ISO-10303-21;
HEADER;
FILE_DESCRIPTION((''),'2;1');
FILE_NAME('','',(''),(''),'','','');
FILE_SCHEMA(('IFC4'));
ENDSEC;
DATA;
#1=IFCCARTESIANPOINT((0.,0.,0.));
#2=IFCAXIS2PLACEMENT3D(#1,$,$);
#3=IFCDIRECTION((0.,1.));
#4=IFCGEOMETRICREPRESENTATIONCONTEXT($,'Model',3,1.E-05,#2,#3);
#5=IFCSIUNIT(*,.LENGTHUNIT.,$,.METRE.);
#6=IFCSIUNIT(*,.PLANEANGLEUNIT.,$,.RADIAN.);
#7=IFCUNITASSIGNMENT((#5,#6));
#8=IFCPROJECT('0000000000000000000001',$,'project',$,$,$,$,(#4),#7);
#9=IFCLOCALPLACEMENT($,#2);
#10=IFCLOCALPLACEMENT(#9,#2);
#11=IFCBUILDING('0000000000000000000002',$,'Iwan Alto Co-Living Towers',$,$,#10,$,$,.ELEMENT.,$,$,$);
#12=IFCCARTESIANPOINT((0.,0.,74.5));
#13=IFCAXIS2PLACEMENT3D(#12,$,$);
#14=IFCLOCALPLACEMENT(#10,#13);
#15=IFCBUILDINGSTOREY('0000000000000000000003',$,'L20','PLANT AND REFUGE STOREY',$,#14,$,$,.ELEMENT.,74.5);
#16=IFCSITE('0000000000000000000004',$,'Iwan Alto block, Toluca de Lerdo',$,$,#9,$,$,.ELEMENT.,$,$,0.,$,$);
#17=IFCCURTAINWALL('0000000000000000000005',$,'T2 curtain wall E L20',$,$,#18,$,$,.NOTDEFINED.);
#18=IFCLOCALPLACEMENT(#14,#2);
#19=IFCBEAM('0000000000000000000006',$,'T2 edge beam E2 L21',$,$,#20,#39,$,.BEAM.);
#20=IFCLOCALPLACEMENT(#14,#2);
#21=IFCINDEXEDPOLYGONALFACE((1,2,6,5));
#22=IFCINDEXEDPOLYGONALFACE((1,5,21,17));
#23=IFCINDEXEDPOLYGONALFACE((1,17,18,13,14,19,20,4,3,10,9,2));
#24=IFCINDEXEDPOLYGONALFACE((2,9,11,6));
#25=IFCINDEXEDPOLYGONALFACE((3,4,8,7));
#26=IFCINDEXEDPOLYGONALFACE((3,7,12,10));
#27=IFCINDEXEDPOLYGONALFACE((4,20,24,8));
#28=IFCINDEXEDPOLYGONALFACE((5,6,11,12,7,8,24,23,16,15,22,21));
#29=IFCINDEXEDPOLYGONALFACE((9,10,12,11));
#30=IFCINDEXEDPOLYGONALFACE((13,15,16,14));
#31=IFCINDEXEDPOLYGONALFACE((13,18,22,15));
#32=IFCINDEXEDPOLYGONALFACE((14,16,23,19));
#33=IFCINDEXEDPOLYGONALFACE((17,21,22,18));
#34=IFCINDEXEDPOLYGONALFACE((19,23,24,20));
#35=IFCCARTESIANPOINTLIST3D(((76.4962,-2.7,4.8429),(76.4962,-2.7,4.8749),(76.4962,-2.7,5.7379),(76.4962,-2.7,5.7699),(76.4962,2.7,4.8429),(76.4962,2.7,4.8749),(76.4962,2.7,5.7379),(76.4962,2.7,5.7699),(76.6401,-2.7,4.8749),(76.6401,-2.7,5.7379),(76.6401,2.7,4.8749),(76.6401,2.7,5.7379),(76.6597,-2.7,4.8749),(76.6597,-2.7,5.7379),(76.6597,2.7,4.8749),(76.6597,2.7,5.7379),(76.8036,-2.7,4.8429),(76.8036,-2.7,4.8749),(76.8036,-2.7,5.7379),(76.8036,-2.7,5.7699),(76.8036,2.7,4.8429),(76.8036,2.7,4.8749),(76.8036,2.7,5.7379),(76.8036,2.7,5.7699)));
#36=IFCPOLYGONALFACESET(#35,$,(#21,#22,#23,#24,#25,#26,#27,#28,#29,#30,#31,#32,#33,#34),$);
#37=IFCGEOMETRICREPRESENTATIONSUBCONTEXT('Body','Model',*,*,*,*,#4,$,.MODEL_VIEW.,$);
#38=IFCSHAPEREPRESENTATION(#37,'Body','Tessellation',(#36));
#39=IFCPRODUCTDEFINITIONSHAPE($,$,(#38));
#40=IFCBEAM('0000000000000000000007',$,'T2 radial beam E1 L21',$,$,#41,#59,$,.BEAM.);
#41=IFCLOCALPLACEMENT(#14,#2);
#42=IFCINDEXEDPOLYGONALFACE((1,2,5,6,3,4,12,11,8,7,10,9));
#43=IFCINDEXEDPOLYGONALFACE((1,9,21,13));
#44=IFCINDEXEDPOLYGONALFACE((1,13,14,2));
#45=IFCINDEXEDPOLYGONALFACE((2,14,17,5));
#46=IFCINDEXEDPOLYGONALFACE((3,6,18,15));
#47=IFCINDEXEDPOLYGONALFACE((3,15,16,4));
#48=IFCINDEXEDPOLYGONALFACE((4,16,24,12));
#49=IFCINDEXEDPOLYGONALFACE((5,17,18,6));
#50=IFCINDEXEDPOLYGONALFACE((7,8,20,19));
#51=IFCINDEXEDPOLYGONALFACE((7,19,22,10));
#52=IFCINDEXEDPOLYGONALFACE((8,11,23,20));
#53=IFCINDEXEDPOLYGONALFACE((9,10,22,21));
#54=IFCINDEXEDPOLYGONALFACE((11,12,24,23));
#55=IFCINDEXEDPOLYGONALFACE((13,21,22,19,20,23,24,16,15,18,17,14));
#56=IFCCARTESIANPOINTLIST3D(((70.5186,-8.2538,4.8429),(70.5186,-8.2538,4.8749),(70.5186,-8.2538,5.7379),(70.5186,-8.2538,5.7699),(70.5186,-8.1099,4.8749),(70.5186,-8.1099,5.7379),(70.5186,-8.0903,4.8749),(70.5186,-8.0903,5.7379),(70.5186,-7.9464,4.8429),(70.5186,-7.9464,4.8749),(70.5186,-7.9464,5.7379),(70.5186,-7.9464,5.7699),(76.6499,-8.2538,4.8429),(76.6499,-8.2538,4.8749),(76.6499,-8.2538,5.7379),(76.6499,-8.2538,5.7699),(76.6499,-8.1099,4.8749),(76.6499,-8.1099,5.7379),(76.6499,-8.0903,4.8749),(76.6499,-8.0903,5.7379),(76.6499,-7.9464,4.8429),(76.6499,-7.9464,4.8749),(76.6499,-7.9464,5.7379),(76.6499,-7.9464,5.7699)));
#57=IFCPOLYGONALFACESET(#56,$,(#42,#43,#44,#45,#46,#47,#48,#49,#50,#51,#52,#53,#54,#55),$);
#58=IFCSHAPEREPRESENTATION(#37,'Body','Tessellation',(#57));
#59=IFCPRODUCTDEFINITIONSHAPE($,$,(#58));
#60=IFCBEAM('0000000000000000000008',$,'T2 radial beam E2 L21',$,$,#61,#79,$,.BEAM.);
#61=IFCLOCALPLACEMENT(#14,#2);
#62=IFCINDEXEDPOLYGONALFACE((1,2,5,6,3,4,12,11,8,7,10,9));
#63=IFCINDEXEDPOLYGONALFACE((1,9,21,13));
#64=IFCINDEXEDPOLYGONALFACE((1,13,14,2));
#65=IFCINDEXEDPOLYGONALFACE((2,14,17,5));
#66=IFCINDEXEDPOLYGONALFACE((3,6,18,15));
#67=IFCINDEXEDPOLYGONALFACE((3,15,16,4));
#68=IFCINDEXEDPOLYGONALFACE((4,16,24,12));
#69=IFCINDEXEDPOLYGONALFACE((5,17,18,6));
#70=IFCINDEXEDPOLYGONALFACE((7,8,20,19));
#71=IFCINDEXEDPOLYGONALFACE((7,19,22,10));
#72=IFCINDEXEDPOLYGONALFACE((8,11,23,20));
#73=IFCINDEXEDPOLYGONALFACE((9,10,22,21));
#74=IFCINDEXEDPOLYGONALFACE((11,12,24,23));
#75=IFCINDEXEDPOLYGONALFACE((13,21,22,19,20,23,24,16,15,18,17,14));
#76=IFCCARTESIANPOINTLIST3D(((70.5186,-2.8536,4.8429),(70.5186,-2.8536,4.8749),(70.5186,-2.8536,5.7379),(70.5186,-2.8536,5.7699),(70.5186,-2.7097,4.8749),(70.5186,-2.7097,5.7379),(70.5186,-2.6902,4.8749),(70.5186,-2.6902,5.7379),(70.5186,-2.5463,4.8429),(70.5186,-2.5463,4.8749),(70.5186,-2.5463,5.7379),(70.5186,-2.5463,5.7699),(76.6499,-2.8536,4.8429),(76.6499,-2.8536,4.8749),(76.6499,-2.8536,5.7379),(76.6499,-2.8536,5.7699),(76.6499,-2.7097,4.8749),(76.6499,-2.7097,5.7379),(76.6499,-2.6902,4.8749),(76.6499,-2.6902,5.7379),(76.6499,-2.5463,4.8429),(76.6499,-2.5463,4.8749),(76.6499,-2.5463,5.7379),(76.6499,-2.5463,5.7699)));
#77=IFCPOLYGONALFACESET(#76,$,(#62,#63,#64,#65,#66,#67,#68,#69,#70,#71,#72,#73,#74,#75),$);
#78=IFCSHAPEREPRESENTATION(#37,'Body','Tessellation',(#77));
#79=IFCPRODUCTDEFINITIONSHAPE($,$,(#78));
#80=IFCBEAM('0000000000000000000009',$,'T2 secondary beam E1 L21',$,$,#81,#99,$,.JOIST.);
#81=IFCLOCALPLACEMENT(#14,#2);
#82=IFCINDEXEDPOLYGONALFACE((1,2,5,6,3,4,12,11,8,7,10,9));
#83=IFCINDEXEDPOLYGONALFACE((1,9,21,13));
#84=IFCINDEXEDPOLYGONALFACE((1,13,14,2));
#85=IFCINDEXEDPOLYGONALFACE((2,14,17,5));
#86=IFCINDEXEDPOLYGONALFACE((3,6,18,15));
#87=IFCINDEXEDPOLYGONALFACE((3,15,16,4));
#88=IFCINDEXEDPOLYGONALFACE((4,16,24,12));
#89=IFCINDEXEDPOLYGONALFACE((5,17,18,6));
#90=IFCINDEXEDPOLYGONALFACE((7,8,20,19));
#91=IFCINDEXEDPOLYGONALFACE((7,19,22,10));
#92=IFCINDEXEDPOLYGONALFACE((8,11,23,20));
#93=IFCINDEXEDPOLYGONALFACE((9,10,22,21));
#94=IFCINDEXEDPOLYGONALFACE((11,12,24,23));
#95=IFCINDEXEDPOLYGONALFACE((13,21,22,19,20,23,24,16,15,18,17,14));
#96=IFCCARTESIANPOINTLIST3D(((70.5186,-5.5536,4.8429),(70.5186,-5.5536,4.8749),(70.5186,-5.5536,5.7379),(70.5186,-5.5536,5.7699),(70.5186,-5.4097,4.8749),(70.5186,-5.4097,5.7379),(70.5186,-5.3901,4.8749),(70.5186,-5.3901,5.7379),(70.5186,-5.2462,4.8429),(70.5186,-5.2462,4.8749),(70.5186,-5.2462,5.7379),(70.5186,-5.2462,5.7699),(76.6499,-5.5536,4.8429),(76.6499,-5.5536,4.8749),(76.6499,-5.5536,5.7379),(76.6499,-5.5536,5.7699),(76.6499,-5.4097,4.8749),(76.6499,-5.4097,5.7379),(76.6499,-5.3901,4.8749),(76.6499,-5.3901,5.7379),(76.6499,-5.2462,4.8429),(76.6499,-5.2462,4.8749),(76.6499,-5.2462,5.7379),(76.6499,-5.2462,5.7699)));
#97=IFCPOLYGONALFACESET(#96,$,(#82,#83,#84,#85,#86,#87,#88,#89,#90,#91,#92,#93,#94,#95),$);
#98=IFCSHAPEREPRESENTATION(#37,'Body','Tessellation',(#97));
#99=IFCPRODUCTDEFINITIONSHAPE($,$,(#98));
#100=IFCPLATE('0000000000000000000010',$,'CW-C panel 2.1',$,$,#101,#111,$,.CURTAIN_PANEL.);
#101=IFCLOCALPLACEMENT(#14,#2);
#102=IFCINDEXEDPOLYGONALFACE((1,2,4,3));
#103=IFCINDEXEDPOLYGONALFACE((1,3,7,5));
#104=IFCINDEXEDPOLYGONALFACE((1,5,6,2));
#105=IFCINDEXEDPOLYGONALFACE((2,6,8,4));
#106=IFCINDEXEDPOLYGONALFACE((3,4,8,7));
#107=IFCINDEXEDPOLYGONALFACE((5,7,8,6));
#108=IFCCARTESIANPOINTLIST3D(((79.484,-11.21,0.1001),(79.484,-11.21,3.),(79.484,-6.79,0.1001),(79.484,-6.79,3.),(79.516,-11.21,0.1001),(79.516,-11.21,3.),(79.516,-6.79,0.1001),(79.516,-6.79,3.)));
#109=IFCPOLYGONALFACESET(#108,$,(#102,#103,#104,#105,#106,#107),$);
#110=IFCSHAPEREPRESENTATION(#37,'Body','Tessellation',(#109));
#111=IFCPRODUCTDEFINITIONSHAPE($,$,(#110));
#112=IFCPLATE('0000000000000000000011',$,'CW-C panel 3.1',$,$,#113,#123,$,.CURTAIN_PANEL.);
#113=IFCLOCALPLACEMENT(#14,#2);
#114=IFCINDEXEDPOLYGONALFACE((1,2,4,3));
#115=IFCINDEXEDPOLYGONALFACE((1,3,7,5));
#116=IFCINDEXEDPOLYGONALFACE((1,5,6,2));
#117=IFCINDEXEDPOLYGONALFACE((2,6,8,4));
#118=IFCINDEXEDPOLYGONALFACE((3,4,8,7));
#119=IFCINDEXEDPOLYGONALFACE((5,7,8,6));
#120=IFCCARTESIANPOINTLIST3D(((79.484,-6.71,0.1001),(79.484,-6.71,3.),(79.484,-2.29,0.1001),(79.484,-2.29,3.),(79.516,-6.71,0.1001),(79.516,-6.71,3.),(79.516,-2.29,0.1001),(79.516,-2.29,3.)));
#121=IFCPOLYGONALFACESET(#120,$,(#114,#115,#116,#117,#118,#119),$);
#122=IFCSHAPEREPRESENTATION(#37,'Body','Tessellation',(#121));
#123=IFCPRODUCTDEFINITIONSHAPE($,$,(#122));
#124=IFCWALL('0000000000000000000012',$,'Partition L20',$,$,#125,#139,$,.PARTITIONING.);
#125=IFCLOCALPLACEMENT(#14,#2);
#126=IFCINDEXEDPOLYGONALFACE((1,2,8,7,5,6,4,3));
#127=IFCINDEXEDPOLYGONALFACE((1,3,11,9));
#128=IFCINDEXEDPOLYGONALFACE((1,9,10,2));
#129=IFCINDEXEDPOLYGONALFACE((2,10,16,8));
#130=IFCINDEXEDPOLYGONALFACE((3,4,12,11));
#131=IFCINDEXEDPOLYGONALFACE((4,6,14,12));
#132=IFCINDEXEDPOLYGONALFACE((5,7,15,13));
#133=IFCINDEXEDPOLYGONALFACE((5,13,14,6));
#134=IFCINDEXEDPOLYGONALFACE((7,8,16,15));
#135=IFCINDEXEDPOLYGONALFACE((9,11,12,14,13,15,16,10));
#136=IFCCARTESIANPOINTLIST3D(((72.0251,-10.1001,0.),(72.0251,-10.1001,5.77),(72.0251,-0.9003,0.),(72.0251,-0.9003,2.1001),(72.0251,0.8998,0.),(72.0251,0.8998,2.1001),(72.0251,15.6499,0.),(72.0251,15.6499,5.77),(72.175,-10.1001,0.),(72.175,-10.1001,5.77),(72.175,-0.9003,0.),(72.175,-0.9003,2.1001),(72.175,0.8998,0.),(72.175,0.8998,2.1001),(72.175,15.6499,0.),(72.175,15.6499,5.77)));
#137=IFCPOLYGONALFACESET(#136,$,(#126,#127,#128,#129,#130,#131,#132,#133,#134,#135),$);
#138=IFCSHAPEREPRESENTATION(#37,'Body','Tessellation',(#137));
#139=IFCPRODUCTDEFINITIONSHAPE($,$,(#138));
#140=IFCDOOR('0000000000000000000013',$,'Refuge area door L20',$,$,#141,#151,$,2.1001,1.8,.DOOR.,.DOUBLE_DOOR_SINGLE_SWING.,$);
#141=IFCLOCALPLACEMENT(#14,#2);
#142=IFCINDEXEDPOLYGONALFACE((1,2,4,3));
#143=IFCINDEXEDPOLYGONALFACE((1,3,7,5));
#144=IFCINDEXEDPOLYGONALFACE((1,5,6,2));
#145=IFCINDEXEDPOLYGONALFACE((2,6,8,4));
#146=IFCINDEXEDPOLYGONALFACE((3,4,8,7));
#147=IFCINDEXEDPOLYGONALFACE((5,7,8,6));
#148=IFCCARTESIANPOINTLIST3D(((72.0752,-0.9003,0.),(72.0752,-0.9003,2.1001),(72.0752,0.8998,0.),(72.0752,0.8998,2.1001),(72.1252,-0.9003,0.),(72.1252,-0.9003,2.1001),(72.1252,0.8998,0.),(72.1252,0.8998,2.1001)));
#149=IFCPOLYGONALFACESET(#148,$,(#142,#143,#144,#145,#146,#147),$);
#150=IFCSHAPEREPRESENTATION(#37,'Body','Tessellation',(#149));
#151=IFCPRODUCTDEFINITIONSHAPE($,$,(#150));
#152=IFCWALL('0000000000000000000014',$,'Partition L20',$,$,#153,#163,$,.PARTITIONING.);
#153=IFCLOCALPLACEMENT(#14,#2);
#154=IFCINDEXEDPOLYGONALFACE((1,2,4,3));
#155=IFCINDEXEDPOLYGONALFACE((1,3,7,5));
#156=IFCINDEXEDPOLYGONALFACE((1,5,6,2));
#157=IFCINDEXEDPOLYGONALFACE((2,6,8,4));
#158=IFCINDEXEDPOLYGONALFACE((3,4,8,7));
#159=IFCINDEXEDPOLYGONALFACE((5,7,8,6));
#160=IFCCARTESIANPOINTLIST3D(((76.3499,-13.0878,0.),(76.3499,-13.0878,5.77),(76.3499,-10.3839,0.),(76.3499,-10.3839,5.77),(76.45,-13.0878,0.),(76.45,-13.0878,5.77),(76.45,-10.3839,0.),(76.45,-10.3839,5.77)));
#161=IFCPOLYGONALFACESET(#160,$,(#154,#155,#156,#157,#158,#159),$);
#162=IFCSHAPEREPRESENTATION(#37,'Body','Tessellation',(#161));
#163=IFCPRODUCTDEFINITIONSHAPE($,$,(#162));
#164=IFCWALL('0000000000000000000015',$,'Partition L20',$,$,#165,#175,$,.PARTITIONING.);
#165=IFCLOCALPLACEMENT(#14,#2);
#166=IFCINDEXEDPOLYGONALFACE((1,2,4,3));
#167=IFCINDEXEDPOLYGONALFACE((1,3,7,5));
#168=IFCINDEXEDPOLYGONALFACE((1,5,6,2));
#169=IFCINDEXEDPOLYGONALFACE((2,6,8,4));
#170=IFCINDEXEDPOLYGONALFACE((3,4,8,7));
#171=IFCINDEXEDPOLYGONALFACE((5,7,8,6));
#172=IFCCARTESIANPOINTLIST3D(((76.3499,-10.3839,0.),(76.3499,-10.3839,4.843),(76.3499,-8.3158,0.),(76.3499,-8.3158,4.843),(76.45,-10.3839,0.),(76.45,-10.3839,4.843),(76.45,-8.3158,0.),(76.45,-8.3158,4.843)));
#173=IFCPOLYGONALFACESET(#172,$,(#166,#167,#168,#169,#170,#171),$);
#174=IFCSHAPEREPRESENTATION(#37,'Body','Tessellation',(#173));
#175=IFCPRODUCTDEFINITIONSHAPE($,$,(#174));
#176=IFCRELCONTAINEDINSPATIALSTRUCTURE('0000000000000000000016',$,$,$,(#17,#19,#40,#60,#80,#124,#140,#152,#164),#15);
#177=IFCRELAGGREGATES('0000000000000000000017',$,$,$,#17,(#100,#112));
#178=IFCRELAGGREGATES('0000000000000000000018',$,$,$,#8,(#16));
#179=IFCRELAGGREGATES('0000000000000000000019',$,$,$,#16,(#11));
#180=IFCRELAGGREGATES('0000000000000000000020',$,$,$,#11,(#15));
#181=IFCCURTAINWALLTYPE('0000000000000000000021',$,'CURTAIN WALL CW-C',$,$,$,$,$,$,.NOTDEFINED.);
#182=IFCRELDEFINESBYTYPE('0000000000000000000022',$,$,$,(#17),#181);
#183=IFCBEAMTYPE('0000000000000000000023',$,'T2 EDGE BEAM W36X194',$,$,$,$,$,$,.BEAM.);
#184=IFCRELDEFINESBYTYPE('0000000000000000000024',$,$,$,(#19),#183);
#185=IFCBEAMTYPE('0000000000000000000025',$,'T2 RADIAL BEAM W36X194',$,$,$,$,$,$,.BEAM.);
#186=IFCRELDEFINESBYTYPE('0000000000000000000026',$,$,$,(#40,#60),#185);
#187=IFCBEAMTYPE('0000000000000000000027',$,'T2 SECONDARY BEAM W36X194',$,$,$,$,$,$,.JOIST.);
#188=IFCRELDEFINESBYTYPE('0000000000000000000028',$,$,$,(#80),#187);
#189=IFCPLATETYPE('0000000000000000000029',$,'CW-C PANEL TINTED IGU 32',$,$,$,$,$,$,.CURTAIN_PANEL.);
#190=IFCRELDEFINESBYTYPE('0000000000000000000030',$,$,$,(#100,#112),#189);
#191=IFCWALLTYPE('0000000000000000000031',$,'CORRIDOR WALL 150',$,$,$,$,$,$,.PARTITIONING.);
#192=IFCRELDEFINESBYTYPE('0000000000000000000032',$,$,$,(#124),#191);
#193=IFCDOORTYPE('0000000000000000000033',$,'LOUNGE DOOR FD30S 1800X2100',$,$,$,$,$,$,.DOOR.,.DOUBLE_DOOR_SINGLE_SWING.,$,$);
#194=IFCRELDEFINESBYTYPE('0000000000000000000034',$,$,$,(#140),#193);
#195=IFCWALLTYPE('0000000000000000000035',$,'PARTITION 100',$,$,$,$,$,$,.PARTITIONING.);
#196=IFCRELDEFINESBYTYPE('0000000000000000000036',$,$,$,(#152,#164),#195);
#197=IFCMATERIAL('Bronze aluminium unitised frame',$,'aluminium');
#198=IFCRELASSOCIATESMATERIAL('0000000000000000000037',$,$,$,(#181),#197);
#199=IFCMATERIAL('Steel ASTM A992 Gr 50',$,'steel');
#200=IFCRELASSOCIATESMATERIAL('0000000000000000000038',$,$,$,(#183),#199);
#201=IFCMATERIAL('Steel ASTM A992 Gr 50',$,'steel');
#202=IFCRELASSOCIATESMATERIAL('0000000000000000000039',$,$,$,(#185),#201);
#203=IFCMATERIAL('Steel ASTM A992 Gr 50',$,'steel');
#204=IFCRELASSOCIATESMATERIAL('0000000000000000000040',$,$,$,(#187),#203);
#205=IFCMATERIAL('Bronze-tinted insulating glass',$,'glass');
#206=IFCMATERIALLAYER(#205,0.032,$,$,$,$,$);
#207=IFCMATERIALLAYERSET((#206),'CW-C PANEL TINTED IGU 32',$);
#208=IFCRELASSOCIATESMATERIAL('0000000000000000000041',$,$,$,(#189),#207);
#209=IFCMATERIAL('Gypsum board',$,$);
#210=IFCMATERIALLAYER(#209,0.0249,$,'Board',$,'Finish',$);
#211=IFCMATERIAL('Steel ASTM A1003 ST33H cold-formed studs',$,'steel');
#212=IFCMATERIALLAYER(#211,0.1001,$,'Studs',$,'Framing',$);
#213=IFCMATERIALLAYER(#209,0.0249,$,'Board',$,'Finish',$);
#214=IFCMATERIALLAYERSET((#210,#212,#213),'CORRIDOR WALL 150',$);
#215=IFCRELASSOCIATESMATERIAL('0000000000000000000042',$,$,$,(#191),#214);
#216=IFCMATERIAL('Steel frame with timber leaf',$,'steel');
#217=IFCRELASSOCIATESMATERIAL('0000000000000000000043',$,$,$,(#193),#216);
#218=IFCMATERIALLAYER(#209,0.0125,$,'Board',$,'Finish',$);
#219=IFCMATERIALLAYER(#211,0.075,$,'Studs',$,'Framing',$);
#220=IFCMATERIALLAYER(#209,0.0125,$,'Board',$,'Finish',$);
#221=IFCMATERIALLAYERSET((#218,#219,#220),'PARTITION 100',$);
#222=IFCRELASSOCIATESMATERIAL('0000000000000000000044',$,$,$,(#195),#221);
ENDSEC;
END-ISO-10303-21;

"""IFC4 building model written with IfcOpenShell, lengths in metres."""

from ifc_helpers import new_model, si_unit, direction, frame, frame_2d, origin, origin_2d, place, context, subcontext, project, spatial, rectangle, i_section, extrude, material, layer, layer_set, material_profile, profile_set, type_object, element, fill, aggregate, save


model = new_model("IFC4")

# Units and contexts
model_context = context("Model", 3, precision=1e-05, world=origin(), true_north=direction((0.0, 1.0)))
body_context = subcontext(model_context, "Body", "Model", "MODEL_VIEW")
ifc_project = project(units=[si_unit("LENGTHUNIT", "METRE"), si_unit("PLANEANGLEUNIT", "RADIAN")], contexts=[model_context])

# Site, building, storey
site_placement = place(None, origin())
site = spatial("IfcSite", under=ifc_project, at=site_placement, Name="Iwan Alto block, Toluca de Lerdo", CompositionType="ELEMENT", RefElevation=0.0)
building_placement = place(site_placement, origin())
building = spatial("IfcBuilding", under=site, at=building_placement, Name="Iwan Alto Co-Living Towers", CompositionType="ELEMENT")
storey_placement = place(building_placement, frame((0.0, 0.0, 74.5)))
storey = spatial("IfcBuildingStorey", under=building, at=storey_placement, Name="L20", Description="PLANT AND REFUGE STOREY", CompositionType="ELEMENT", Elevation=74.5)

# Curtain wall
ifc_material_1 = material(Name="Bronze aluminium unitised frame", Category="aluminium")
curtain_wall_type = type_object("IfcCurtainWallType", Name="CURTAIN WALL CW-C", PredefinedType="NOTDEFINED", material=ifc_material_1)
curtain_wall_placement = place(storey_placement, origin())
curtain_wall = element("IfcCurtainWall", 1, at=curtain_wall_placement, inside=storey, type_object=curtain_wall_type, Name="T2 curtain wall E L20", PredefinedType="NOTDEFINED")

# Beams
ifc_material_2 = material(Name="Steel ASTM A992 Gr 50", Category="steel")
ifc_material_profile_1 = material_profile(ifc_material_2, i_section(OverallWidth=0.3074, OverallDepth=0.927, WebThickness=0.0195, FlangeThickness=0.032, at=origin_2d()), Name="W36X194")
ifc_profile_set_1 = profile_set([ifc_material_profile_1], Name="Steel ASTM A992 Gr 50")
beam_type_1 = type_object("IfcBeamType", Name="T2 EDGE BEAM W36X194", PredefinedType="BEAM", material=ifc_profile_set_1)
beam_1_placement = place(storey_placement, frame((76.6499, -2.7, 5.3064), z_axis=(0.0, 1.0, 0.0), x_axis=(-1.0, 0.0, 0.0)))
element("IfcBeam", 2, at=beam_1_placement, inside=storey, type_object=beam_type_1, Name="T2 edge beam E2 L21", PredefinedType="BEAM", context=body_context, shape_type="SweptSolid", body=[
    extrude(i_section(OverallWidth=0.3074, OverallDepth=0.927, WebThickness=0.0195, FlangeThickness=0.032, at=origin_2d()), origin(), (0.0, 0.0, 1.0), 5.3999),
])
ifc_material_3 = material(Name="Steel ASTM A992 Gr 50", Category="steel")
ifc_material_profile_2 = material_profile(ifc_material_3, i_section(OverallWidth=0.3074, OverallDepth=0.927, WebThickness=0.0195, FlangeThickness=0.032, at=origin_2d()), Name="W36X194")
ifc_profile_set_2 = profile_set([ifc_material_profile_2], Name="Steel ASTM A992 Gr 50")
beam_type_2 = type_object("IfcBeamType", Name="T2 RADIAL BEAM W36X194", PredefinedType="BEAM", material=ifc_profile_set_2)
for number, where, z_axis, x_axis, name in (
    (3, (76.6499, -8.1001, 5.3064), (-1.0, 0.0, 0.0), (0.0, -1.0, 0.0), "T2 radial beam E1 L21"),
    (4, (76.6499, -2.7, 5.3064), (-1.0, 0.0, 0.0), (0.0, -1.0, 0.0), "T2 radial beam E2 L21"),
):
    element("IfcBeam", number, at=place(storey_placement, frame(where, z_axis=z_axis, x_axis=x_axis)), inside=storey, type_object=beam_type_2, Name=name, PredefinedType="BEAM", context=body_context, shape_type="SweptSolid", body=[
        extrude(i_section(OverallWidth=0.3074, OverallDepth=0.927, WebThickness=0.0195, FlangeThickness=0.032, at=origin_2d()), origin(), (0.0, 0.0, 1.0), 6.1313),
    ])
ifc_material_4 = material(Name="Steel ASTM A992 Gr 50", Category="steel")
ifc_material_profile_3 = material_profile(ifc_material_4, i_section(OverallWidth=0.3074, OverallDepth=0.927, WebThickness=0.0195, FlangeThickness=0.032, at=origin_2d()), Name="W36X194")
ifc_profile_set_3 = profile_set([ifc_material_profile_3], Name="Steel ASTM A992 Gr 50")
beam_type_3 = type_object("IfcBeamType", Name="T2 SECONDARY BEAM W36X194", PredefinedType="JOIST", material=ifc_profile_set_3)
beam_2_placement = place(storey_placement, frame((76.6499, -5.3999, 5.3064), z_axis=(-1.0, 0.0, 0.0), x_axis=(0.0, -1.0, 0.0)))
element("IfcBeam", 5, at=beam_2_placement, inside=storey, type_object=beam_type_3, Name="T2 secondary beam E1 L21", PredefinedType="JOIST", context=body_context, shape_type="SweptSolid", body=[
    extrude(i_section(OverallWidth=0.3074, OverallDepth=0.927, WebThickness=0.0195, FlangeThickness=0.032, at=origin_2d()), origin(), (0.0, 0.0, 1.0), 6.1313),
])

# Plates
ifc_material_5 = material(Name="Bronze-tinted insulating glass", Category="glass")
ifc_layer_1 = layer(ifc_material_5, 0.032)
ifc_layer_set_1 = layer_set([ifc_layer_1], Name="CW-C PANEL TINTED IGU 32")
plate_type = type_object("IfcPlateType", Name="CW-C PANEL TINTED IGU 32", PredefinedType="CURTAIN_PANEL", material=ifc_layer_set_1)
plate_1_placement = place(storey_placement, frame((79.5, -9.0, 0.1001), z_axis=(0.0, 0.0, 1.0), x_axis=(0.0, 1.0, 0.0)))
plate_1 = element("IfcPlate", 6, at=plate_1_placement, type_object=plate_type, Name="CW-C panel 2.1", PredefinedType="CURTAIN_PANEL", context=body_context, shape_type="SweptSolid", body=[
    extrude(rectangle(XDim=4.4199, YDim=0.032, at=origin_2d()), origin(), (0.0, 0.0, 1.0), 2.8999),
])
plate_2_placement = place(storey_placement, frame((79.5, -4.5, 0.1001), z_axis=(0.0, 0.0, 1.0), x_axis=(0.0, 1.0, 0.0)))
plate_2 = element("IfcPlate", 7, at=plate_2_placement, type_object=plate_type, Name="CW-C panel 3.1", PredefinedType="CURTAIN_PANEL", context=body_context, shape_type="SweptSolid", body=[
    extrude(rectangle(XDim=4.4199, YDim=0.032, at=origin_2d()), origin(), (0.0, 0.0, 1.0), 2.8999),
])
aggregate(curtain_wall, [plate_1, plate_2])

# Wall, opening, door
ifc_material_6 = material(Name="Gypsum board")
ifc_layer_2 = layer(ifc_material_6, 0.0249, Name="Board", Category="Finish")
ifc_material_7 = material(Name="Steel ASTM A1003 ST33H cold-formed studs", Category="steel")
ifc_layer_3 = layer(ifc_material_7, 0.1001, Name="Studs", Category="Framing")
ifc_layer_4 = layer(ifc_material_6, 0.0249, Name="Board", Category="Finish")
ifc_layer_set_2 = layer_set([ifc_layer_2, ifc_layer_3, ifc_layer_4], Name="CORRIDOR WALL 150")
wall_type_1 = type_object("IfcWallType", Name="CORRIDOR WALL 150", PredefinedType="PARTITIONING", material=ifc_layer_set_2)
wall_1_placement = place(storey_placement, frame((72.1001, -10.1001, 0.0), z_axis=(0.0, 0.0, 1.0), x_axis=(0.0, 1.0, 0.0)))
wall_1 = element("IfcWall", 8, at=wall_1_placement, inside=storey, type_object=wall_type_1, Name="Partition L20", PredefinedType="PARTITIONING", context=body_context, shape_type="SweptSolid", body=[
    extrude(rectangle(XDim=25.75, YDim=0.1499, at=frame_2d((12.875, 0.0))), origin(), (0.0, 0.0, 1.0), 5.77),
])
opening_1_placement = place(wall_1_placement, frame((9.2, 0.0, 0.0)))
opening_1 = element("IfcOpeningElement", 9, at=opening_1_placement, cuts=wall_1, PredefinedType="OPENING", context=body_context, shape_type="SweptSolid", body=[
    extrude(rectangle(XDim=1.8, YDim=2.1001, at=frame_2d((0.8999, 1.05))), frame((0.0, 0.085, 0.0), z_axis=(0.0, -1.0, 0.0), x_axis=(1.0, 0.0, 0.0)), (0.0, 0.0, 1.0), 0.1699),
])
ifc_material_8 = material(Name="Steel frame with timber leaf", Category="steel")
door_type_1 = type_object("IfcDoorType", Name="LOUNGE DOOR FD30S 1800X2100", OperationType="DOUBLE_DOOR_SINGLE_SWING", PredefinedType="DOOR", material=ifc_material_8)
door_1_placement = place(opening_1_placement, origin())
door_1 = element("IfcDoor", 10, at=door_1_placement, inside=storey, type_object=door_type_1, Name="Refuge area door L20", OperationType="DOUBLE_DOOR_SINGLE_SWING", OverallHeight=2.1001, OverallWidth=1.8, PredefinedType="DOOR", context=body_context, shape_type="SweptSolid", body=[
    extrude(rectangle(XDim=1.8, YDim=2.1001, at=frame_2d((0.8999, 1.05))), frame((0.0, 0.0249, 0.0), z_axis=(0.0, -1.0, 0.0), x_axis=(1.0, 0.0, 0.0)), (0.0, 0.0, 1.0), 0.05),
])
fill(opening_1, door_1)

# Walls
ifc_layer_5 = layer(ifc_material_6, 0.0125, Name="Board", Category="Finish")
ifc_layer_6 = layer(ifc_material_7, 0.075, Name="Studs", Category="Framing")
ifc_layer_7 = layer(ifc_material_6, 0.0125, Name="Board", Category="Finish")
ifc_layer_set_3 = layer_set([ifc_layer_5, ifc_layer_6, ifc_layer_7], Name="PARTITION 100")
wall_type_2 = type_object("IfcWallType", Name="PARTITION 100", PredefinedType="PARTITIONING", material=ifc_layer_set_3)
wall_2_placement = place(storey_placement, frame((76.3999, -13.0879, 0.0), z_axis=(0.0, 0.0, 1.0), x_axis=(0.0, 1.0, 0.0)))
element("IfcWall", 11, at=wall_2_placement, inside=storey, type_object=wall_type_2, Name="Partition L20", PredefinedType="PARTITIONING", context=body_context, shape_type="SweptSolid", body=[
    extrude(rectangle(XDim=2.7039, YDim=0.1001, at=frame_2d((1.3521, 0.0))), origin(), (0.0, 0.0, 1.0), 5.77),
])
wall_3_placement = place(storey_placement, frame((76.3999, -10.384, 0.0), z_axis=(0.0, 0.0, 1.0), x_axis=(0.0, 1.0, 0.0)))
element("IfcWall", 12, at=wall_3_placement, inside=storey, type_object=wall_type_2, Name="Partition L20", PredefinedType="PARTITIONING", context=body_context, shape_type="SweptSolid", body=[
    extrude(rectangle(XDim=2.0681, YDim=0.1001, at=frame_2d((1.0342, 0.0))), origin(), (0.0, 0.0, 1.0), 4.843),
])

save(model, "model.ifc")
